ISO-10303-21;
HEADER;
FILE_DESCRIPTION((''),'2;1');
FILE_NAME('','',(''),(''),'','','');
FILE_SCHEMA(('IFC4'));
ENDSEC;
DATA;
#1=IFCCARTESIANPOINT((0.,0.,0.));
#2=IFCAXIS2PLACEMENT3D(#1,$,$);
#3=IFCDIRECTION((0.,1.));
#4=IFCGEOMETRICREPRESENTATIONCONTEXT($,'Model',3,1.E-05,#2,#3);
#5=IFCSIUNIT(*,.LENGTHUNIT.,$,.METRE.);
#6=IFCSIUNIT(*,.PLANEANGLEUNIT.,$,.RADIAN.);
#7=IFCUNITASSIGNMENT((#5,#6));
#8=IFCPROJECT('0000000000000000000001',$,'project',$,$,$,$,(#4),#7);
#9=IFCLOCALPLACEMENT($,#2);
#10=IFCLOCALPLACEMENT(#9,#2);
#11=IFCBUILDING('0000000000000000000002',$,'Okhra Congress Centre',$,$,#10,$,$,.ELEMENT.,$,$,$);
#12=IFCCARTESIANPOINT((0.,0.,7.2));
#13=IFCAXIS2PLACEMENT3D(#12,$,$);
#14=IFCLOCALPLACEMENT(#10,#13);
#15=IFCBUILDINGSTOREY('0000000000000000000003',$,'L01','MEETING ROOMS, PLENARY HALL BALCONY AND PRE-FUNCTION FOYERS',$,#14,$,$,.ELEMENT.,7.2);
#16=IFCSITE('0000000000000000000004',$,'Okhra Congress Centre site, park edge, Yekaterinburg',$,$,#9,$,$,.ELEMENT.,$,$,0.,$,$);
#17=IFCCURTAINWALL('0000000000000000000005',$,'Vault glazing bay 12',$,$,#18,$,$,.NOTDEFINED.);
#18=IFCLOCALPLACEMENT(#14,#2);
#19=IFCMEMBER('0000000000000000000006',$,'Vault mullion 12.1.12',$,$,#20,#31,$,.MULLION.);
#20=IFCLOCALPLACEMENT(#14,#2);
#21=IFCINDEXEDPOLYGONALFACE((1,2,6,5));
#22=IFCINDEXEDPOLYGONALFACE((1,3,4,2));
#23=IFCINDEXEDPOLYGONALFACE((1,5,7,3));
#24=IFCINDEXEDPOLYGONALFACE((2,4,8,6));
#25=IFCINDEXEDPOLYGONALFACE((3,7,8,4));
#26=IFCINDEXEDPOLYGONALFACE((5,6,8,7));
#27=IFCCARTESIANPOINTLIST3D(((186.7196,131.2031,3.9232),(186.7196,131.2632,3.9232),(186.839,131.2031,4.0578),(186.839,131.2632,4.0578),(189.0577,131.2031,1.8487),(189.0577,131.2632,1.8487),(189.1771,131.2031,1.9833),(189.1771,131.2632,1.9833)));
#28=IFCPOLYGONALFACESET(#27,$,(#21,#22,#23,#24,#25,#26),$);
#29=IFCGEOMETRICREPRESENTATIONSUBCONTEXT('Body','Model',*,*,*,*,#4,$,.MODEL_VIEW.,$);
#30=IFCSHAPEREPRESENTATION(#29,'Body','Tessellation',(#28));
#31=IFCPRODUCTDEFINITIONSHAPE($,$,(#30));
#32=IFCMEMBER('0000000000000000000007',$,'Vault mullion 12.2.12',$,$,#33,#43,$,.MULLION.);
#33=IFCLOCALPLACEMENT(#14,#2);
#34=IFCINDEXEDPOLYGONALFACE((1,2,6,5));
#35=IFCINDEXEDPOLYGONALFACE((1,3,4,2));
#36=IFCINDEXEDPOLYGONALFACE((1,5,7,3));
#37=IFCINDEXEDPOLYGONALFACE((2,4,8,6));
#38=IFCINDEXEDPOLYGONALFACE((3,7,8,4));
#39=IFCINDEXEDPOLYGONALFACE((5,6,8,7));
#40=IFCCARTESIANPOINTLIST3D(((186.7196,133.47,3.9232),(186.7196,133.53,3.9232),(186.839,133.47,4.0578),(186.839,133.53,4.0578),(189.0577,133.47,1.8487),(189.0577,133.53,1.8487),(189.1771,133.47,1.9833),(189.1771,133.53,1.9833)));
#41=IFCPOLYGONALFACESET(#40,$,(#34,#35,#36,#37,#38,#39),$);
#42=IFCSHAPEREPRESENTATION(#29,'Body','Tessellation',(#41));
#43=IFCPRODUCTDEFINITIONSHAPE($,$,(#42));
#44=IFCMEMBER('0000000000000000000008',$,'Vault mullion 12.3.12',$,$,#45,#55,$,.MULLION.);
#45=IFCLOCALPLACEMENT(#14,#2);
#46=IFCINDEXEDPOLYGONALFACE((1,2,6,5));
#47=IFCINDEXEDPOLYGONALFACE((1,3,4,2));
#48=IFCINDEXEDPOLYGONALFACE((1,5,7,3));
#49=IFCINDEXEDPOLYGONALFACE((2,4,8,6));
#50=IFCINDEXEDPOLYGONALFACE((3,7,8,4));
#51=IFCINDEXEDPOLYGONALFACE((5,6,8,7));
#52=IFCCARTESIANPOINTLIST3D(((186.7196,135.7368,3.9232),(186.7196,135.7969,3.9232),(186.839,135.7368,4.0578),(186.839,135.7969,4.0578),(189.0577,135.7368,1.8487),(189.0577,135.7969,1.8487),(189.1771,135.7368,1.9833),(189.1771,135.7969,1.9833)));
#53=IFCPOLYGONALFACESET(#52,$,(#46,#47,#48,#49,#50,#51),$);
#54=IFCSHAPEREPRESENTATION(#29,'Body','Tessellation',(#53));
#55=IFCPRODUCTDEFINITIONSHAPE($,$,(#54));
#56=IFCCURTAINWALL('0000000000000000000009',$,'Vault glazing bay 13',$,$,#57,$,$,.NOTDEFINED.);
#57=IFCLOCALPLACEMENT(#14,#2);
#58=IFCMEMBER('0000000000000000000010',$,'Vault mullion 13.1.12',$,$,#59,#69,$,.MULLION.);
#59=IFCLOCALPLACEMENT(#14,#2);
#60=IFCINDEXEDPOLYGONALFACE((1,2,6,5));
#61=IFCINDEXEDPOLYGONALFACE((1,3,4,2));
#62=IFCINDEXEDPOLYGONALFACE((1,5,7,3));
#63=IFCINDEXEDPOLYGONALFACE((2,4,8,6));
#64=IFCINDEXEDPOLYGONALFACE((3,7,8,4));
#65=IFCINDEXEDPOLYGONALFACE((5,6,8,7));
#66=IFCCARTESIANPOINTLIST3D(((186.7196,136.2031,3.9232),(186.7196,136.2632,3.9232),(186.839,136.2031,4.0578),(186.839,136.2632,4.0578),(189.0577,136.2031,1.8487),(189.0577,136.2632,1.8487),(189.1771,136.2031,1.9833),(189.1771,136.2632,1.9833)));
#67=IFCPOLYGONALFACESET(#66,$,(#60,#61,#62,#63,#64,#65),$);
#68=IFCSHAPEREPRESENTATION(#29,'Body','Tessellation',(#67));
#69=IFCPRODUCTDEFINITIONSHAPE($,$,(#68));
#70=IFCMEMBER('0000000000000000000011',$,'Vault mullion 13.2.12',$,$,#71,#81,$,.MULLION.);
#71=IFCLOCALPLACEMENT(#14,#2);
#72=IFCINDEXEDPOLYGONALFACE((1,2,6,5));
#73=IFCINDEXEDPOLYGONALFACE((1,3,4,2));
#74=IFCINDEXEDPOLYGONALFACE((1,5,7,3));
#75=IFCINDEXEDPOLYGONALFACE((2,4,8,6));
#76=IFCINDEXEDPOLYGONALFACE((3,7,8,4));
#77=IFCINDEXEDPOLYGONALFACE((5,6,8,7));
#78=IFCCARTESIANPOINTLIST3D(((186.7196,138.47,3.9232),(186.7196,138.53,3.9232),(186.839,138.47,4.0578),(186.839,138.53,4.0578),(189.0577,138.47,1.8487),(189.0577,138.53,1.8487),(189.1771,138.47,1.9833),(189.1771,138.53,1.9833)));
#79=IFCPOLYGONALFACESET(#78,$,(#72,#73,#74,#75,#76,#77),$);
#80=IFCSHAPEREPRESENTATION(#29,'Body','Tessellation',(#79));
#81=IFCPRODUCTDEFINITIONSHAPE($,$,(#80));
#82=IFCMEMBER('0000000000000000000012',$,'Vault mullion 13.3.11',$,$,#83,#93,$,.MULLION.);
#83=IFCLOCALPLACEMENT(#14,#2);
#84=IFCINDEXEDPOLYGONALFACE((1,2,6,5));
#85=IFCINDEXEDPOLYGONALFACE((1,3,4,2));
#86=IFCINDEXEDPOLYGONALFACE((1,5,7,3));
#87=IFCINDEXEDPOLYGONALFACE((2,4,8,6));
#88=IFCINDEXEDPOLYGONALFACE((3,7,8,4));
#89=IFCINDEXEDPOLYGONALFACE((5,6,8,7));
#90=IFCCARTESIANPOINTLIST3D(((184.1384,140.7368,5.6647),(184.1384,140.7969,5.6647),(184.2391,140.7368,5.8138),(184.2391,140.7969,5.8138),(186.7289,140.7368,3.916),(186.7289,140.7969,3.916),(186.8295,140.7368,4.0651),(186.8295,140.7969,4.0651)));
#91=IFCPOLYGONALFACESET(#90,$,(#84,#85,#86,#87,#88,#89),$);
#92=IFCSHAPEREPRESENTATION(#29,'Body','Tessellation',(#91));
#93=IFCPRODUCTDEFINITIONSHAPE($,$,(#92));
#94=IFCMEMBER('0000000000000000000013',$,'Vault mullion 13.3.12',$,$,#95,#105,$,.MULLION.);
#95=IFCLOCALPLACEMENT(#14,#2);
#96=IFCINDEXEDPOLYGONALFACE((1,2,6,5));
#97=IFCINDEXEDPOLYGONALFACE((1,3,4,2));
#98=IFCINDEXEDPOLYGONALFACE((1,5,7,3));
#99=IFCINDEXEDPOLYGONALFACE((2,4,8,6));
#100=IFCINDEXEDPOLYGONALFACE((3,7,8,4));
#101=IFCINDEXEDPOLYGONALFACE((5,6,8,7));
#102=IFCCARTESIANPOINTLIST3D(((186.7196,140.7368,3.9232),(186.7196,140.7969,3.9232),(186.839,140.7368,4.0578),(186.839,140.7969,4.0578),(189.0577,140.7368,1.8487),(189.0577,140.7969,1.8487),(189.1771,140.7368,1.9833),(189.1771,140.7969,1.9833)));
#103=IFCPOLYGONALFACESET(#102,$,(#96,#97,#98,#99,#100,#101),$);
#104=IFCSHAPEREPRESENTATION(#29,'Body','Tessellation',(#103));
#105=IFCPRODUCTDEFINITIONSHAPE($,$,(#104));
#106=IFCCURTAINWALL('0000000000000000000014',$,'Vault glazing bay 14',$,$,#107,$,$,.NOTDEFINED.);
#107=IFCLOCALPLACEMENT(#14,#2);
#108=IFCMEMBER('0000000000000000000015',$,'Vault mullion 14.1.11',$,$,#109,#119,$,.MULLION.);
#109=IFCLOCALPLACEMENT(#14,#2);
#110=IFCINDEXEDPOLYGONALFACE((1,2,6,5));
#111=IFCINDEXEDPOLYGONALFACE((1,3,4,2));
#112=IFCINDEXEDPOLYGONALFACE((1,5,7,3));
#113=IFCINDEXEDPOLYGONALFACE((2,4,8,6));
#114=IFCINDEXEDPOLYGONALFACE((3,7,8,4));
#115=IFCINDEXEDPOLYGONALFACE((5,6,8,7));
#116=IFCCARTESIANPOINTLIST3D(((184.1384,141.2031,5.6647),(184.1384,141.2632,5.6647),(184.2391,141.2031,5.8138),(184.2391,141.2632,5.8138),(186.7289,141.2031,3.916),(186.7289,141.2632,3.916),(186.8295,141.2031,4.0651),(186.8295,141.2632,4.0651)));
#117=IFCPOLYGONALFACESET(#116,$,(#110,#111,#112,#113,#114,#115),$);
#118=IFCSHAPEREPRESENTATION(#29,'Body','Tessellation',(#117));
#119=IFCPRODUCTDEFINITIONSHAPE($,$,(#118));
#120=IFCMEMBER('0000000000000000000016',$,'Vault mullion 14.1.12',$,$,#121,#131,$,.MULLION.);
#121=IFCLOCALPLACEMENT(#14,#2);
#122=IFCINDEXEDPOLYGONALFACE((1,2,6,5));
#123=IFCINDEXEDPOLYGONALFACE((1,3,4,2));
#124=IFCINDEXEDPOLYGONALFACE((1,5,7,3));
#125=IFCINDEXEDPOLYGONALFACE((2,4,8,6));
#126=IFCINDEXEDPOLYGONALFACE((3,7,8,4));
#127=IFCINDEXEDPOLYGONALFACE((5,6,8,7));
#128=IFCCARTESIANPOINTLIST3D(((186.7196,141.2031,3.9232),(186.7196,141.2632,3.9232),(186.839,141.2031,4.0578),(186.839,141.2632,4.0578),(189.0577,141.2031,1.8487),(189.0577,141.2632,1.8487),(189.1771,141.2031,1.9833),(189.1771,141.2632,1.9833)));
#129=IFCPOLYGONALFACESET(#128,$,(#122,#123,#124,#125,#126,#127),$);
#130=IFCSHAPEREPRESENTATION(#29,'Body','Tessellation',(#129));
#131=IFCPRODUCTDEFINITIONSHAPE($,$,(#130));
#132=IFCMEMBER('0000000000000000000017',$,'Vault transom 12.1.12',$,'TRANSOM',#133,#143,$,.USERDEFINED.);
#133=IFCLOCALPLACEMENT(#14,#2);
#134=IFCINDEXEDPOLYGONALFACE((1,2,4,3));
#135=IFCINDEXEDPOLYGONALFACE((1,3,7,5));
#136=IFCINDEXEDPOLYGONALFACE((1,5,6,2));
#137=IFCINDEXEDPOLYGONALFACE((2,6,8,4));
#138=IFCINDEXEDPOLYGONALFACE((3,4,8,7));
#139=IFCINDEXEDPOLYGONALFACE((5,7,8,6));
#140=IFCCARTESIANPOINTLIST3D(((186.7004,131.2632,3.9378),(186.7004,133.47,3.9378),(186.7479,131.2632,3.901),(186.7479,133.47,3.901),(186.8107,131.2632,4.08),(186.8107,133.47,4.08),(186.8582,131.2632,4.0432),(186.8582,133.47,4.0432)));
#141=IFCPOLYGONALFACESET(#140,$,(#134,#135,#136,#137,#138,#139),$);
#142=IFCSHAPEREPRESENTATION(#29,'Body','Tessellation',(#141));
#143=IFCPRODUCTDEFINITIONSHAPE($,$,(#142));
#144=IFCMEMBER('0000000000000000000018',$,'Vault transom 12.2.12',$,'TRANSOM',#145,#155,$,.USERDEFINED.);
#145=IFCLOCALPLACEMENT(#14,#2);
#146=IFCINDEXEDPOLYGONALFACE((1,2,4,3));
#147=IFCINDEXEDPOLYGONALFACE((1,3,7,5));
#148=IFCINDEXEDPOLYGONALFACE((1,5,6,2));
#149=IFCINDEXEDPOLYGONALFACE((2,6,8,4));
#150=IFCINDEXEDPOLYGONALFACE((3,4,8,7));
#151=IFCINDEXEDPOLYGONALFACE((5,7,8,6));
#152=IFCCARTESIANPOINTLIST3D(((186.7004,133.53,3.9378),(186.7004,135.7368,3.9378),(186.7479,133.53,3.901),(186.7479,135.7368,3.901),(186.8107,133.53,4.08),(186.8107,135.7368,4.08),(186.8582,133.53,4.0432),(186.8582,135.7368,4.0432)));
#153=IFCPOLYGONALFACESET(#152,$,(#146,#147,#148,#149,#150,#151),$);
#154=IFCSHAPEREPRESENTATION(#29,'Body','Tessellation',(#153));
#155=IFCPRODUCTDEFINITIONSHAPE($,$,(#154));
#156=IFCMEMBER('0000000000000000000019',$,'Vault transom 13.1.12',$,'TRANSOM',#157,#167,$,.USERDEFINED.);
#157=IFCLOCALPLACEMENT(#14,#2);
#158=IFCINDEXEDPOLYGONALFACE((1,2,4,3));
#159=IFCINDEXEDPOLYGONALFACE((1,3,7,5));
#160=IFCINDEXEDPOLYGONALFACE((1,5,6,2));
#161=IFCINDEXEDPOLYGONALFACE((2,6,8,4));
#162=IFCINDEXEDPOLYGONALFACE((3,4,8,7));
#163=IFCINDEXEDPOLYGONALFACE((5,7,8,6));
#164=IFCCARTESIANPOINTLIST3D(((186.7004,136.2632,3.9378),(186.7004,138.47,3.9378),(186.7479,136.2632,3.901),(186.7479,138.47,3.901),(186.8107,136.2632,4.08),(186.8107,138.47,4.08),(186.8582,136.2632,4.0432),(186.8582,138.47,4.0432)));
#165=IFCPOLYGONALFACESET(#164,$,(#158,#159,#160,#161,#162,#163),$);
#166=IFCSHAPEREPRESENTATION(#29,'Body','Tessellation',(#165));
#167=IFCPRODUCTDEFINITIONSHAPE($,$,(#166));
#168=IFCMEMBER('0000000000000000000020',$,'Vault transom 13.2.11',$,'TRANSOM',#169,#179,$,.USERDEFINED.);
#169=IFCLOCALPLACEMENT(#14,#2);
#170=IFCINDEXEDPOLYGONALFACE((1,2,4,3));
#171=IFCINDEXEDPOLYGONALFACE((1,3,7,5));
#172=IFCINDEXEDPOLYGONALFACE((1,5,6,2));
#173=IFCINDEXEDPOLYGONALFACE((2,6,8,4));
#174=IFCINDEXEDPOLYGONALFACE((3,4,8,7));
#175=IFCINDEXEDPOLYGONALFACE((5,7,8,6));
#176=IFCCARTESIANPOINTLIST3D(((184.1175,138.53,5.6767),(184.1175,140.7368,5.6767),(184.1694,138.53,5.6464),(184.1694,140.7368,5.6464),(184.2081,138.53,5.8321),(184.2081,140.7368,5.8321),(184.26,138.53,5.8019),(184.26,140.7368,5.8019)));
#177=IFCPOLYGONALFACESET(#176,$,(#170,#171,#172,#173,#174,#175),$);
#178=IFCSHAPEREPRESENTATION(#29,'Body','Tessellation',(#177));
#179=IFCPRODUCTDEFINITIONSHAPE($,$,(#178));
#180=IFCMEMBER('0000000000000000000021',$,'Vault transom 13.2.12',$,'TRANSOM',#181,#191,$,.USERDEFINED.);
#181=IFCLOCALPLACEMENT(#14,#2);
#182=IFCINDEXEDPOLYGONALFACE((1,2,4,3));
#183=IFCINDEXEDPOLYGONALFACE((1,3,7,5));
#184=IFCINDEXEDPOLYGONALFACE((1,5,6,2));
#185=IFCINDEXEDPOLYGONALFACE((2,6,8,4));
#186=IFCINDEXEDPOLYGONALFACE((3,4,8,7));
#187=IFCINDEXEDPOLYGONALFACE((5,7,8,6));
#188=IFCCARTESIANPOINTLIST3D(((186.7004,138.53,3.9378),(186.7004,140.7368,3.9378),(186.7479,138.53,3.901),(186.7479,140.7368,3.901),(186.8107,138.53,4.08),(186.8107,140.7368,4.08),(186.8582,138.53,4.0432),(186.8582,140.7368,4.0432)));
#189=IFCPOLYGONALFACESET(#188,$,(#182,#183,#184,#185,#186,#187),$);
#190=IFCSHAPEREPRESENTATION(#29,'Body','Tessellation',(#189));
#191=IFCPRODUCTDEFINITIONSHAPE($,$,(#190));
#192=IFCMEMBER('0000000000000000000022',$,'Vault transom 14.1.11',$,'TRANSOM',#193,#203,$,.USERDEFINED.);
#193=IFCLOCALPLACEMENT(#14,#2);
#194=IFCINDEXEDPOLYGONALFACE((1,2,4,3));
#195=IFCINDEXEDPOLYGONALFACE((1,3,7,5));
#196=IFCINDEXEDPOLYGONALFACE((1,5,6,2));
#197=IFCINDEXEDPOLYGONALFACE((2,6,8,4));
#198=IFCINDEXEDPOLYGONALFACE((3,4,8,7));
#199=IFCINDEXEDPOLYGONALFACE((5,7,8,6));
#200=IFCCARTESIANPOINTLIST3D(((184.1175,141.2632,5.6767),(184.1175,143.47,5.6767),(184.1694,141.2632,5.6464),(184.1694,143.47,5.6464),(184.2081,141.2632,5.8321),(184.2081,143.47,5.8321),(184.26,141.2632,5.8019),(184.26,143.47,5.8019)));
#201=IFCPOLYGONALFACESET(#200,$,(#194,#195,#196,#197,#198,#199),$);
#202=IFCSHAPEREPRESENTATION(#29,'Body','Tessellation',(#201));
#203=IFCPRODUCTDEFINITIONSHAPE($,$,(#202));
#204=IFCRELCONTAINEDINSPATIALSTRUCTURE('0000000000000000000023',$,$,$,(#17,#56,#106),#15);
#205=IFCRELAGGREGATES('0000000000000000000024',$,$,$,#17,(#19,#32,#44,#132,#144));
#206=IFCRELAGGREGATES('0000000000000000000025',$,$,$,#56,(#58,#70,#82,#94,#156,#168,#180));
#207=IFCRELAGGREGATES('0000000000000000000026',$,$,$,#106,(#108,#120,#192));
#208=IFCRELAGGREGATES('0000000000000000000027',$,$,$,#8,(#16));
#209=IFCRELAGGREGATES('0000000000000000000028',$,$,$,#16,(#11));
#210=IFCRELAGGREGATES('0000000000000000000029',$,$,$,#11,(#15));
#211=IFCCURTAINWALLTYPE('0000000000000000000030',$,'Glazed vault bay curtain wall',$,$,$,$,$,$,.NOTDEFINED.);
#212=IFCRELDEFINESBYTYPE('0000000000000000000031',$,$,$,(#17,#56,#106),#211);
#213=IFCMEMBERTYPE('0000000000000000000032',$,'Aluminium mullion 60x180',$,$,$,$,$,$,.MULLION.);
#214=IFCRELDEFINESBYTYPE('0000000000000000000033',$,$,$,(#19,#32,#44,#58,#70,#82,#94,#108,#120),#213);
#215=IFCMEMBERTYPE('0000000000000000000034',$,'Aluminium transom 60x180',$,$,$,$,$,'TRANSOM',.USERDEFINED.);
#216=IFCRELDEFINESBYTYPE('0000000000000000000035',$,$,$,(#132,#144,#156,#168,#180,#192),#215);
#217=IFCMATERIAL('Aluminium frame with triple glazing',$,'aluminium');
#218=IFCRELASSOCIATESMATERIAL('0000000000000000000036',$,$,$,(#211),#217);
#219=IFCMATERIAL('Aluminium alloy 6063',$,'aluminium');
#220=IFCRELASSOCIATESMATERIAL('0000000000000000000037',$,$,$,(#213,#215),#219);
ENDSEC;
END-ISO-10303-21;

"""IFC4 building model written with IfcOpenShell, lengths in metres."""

from ifc_helpers import new_model, si_unit, direction, frame, origin, origin_2d, place, context, subcontext, project, spatial, rectangle, extrude, material, material_profile, profile_set, type_object, element, aggregate, save


model = new_model("IFC4")

# Units and contexts
model_context = context("Model", 3, precision=1e-05, world=origin(), true_north=direction((0.0, 1.0)))
body_context = subcontext(model_context, "Body", "Model", "MODEL_VIEW")
ifc_project = project(units=[si_unit("LENGTHUNIT", "METRE"), si_unit("PLANEANGLEUNIT", "RADIAN")], contexts=[model_context])

# Site, building, storey
site_placement = place(None, origin())
site = spatial("IfcSite", under=ifc_project, at=site_placement, Name="Okhra Congress Centre site, park edge, Yekaterinburg", CompositionType="ELEMENT", RefElevation=0.0)
building_placement = place(site_placement, origin())
building = spatial("IfcBuilding", under=site, at=building_placement, Name="Okhra Congress Centre", CompositionType="ELEMENT")
storey_placement = place(building_placement, frame((0.0, 0.0, 7.2)))
storey = spatial("IfcBuildingStorey", under=building, at=storey_placement, Name="L01", Description="MEETING ROOMS, PLENARY HALL BALCONY AND PRE-FUNCTION FOYERS", CompositionType="ELEMENT", Elevation=7.2)

# Curtain walls, members
ifc_material_1 = material(Name="Aluminium frame with triple glazing", Category="aluminium")
curtain_wall_type = type_object("IfcCurtainWallType", Name="Glazed vault bay curtain wall", PredefinedType="NOTDEFINED", material=ifc_material_1)
curtain_wall_1_placement = place(storey_placement, origin())
curtain_wall_1 = element("IfcCurtainWall", 1, at=curtain_wall_1_placement, inside=storey, type_object=curtain_wall_type, Name="Vault glazing bay 12", PredefinedType="NOTDEFINED")
ifc_material_2 = material(Name="Aluminium alloy 6063", Category="aluminium")
ifc_material_profile_1 = material_profile(ifc_material_2, rectangle(XDim=0.0601, YDim=0.1799, at=origin_2d()), Name="AL 60x180")
ifc_profile_set_1 = profile_set([ifc_material_profile_1], Name="Aluminium alloy 6063")
member_type_1 = type_object("IfcMemberType", Name="Aluminium mullion 60x180", PredefinedType="MULLION", material=ifc_profile_set_1)
member_1_placement = place(storey_placement, frame((186.7793, 131.2332, 3.9905), z_axis=(0.748025, 0.0, -0.66367), x_axis=(0.0, 1.0, 0.0)))
member_1 = element("IfcMember", 2, at=member_1_placement, type_object=member_type_1, Name="Vault mullion 12.1.12", PredefinedType="MULLION", context=body_context, shape_type="SweptSolid", body=[
    extrude(rectangle(XDim=0.0601, YDim=0.1799, at=origin_2d()), origin(), (0.0, 0.0, 1.0), 3.1257),
])
member_2_placement = place(storey_placement, frame((186.7793, 133.5, 3.9905), z_axis=(0.748025, 0.0, -0.66367), x_axis=(0.0, 1.0, 0.0)))
member_2 = element("IfcMember", 3, at=member_2_placement, type_object=member_type_1, Name="Vault mullion 12.2.12", PredefinedType="MULLION", context=body_context, shape_type="SweptSolid", body=[
    extrude(rectangle(XDim=0.0601, YDim=0.1799, at=origin_2d()), origin(), (0.0, 0.0, 1.0), 3.1257),
])
member_3_placement = place(storey_placement, frame((186.7793, 135.7668, 3.9905), z_axis=(0.748025, 0.0, -0.66367), x_axis=(0.0, 1.0, 0.0)))
member_3 = element("IfcMember", 4, at=member_3_placement, type_object=member_type_1, Name="Vault mullion 12.3.12", PredefinedType="MULLION", context=body_context, shape_type="SweptSolid", body=[
    extrude(rectangle(XDim=0.0601, YDim=0.1799, at=origin_2d()), origin(), (0.0, 0.0, 1.0), 3.1257),
])
curtain_wall_2_placement = place(storey_placement, origin())
curtain_wall_2 = element("IfcCurtainWall", 5, at=curtain_wall_2_placement, inside=storey, type_object=curtain_wall_type, Name="Vault glazing bay 13", PredefinedType="NOTDEFINED")
member_4_placement = place(storey_placement, frame((186.7793, 136.2332, 3.9905), z_axis=(0.748025, 0.0, -0.66367), x_axis=(0.0, 1.0, 0.0)))
member_4 = element("IfcMember", 6, at=member_4_placement, type_object=member_type_1, Name="Vault mullion 13.1.12", PredefinedType="MULLION", context=body_context, shape_type="SweptSolid", body=[
    extrude(rectangle(XDim=0.0601, YDim=0.1799, at=origin_2d()), origin(), (0.0, 0.0, 1.0), 3.1257),
])
member_5_placement = place(storey_placement, frame((186.7793, 138.5, 3.9905), z_axis=(0.748025, 0.0, -0.66367), x_axis=(0.0, 1.0, 0.0)))
member_5 = element("IfcMember", 7, at=member_5_placement, type_object=member_type_1, Name="Vault mullion 13.2.12", PredefinedType="MULLION", context=body_context, shape_type="SweptSolid", body=[
    extrude(rectangle(XDim=0.0601, YDim=0.1799, at=origin_2d()), origin(), (0.0, 0.0, 1.0), 3.1257),
])
member_6_placement = place(storey_placement, frame((184.1887, 140.7668, 5.7393), z_axis=(0.828828, 0.0, -0.559504), x_axis=(0.0, 1.0, 0.0)))
member_6 = element("IfcMember", 8, at=member_6_placement, type_object=member_type_1, Name="Vault mullion 13.3.11", PredefinedType="MULLION", context=body_context, shape_type="SweptSolid", body=[
    extrude(rectangle(XDim=0.0601, YDim=0.1799, at=origin_2d()), origin(), (0.0, 0.0, 1.0), 3.1255),
])
member_7_placement = place(storey_placement, frame((186.7793, 140.7668, 3.9905), z_axis=(0.748025, 0.0, -0.66367), x_axis=(0.0, 1.0, 0.0)))
member_7 = element("IfcMember", 9, at=member_7_placement, type_object=member_type_1, Name="Vault mullion 13.3.12", PredefinedType="MULLION", context=body_context, shape_type="SweptSolid", body=[
    extrude(rectangle(XDim=0.0601, YDim=0.1799, at=origin_2d()), origin(), (0.0, 0.0, 1.0), 3.1257),
])
curtain_wall_3_placement = place(storey_placement, origin())
curtain_wall_3 = element("IfcCurtainWall", 10, at=curtain_wall_3_placement, inside=storey, type_object=curtain_wall_type, Name="Vault glazing bay 14", PredefinedType="NOTDEFINED")
member_8_placement = place(storey_placement, frame((184.1887, 141.2332, 5.7393), z_axis=(0.828828, 0.0, -0.559504), x_axis=(0.0, 1.0, 0.0)))
member_8 = element("IfcMember", 11, at=member_8_placement, type_object=member_type_1, Name="Vault mullion 14.1.11", PredefinedType="MULLION", context=body_context, shape_type="SweptSolid", body=[
    extrude(rectangle(XDim=0.0601, YDim=0.1799, at=origin_2d()), origin(), (0.0, 0.0, 1.0), 3.1255),
])
member_9_placement = place(storey_placement, frame((186.7793, 141.2332, 3.9905), z_axis=(0.748025, 0.0, -0.66367), x_axis=(0.0, 1.0, 0.0)))
member_9 = element("IfcMember", 12, at=member_9_placement, type_object=member_type_1, Name="Vault mullion 14.1.12", PredefinedType="MULLION", context=body_context, shape_type="SweptSolid", body=[
    extrude(rectangle(XDim=0.0601, YDim=0.1799, at=origin_2d()), origin(), (0.0, 0.0, 1.0), 3.1257),
])

# Members
ifc_material_profile_2 = material_profile(ifc_material_2, rectangle(XDim=0.0601, YDim=0.1799, at=origin_2d()), Name="AL 60x180 transom")
ifc_profile_set_2 = profile_set([ifc_material_profile_2], Name="Aluminium alloy 6063")
member_type_2 = type_object("IfcMemberType", Name="Aluminium transom 60x180", ElementType="TRANSOM", PredefinedType="USERDEFINED", material=ifc_profile_set_2)
member_10_placement = place(storey_placement, frame((186.7793, 131.2632, 3.9905), z_axis=(0.0, 1.0, 0.0), x_axis=(-0.790145, 0.0, 0.61292)))
member_10 = element("IfcMember", 13, at=member_10_placement, type_object=member_type_2, Name="Vault transom 12.1.12", ObjectType="TRANSOM", PredefinedType="USERDEFINED", context=body_context, shape_type="SweptSolid", body=[
    extrude(rectangle(XDim=0.0601, YDim=0.1799, at=origin_2d()), origin(), (0.0, 0.0, 1.0), 2.2068),
])
member_11_placement = place(storey_placement, frame((186.7793, 133.53, 3.9905), z_axis=(0.0, 1.0, 0.0), x_axis=(-0.790145, 0.0, 0.61292)))
member_11 = element("IfcMember", 14, at=member_11_placement, type_object=member_type_2, Name="Vault transom 12.2.12", ObjectType="TRANSOM", PredefinedType="USERDEFINED", context=body_context, shape_type="SweptSolid", body=[
    extrude(rectangle(XDim=0.0601, YDim=0.1799, at=origin_2d()), origin(), (0.0, 0.0, 1.0), 2.2068),
])
member_12_placement = place(storey_placement, frame((186.7793, 136.2632, 3.9905), z_axis=(0.0, 1.0, 0.0), x_axis=(-0.790145, 0.0, 0.61292)))
member_12 = element("IfcMember", 15, at=member_12_placement, type_object=member_type_2, Name="Vault transom 13.1.12", ObjectType="TRANSOM", PredefinedType="USERDEFINED", context=body_context, shape_type="SweptSolid", body=[
    extrude(rectangle(XDim=0.0601, YDim=0.1799, at=origin_2d()), origin(), (0.0, 0.0, 1.0), 2.2068),
])
member_13_placement = place(storey_placement, frame((184.1887, 138.53, 5.7393), z_axis=(0.0, 1.0, 0.0), x_axis=(-0.863917, 0.0, 0.503634)))
member_13 = element("IfcMember", 16, at=member_13_placement, type_object=member_type_2, Name="Vault transom 13.2.11", ObjectType="TRANSOM", PredefinedType="USERDEFINED", context=body_context, shape_type="SweptSolid", body=[
    extrude(rectangle(XDim=0.0601, YDim=0.1799, at=origin_2d()), origin(), (0.0, 0.0, 1.0), 2.2068),
])
member_14_placement = place(storey_placement, frame((186.7793, 138.53, 3.9905), z_axis=(0.0, 1.0, 0.0), x_axis=(-0.790145, 0.0, 0.61292)))
member_14 = element("IfcMember", 17, at=member_14_placement, type_object=member_type_2, Name="Vault transom 13.2.12", ObjectType="TRANSOM", PredefinedType="USERDEFINED", context=body_context, shape_type="SweptSolid", body=[
    extrude(rectangle(XDim=0.0601, YDim=0.1799, at=origin_2d()), origin(), (0.0, 0.0, 1.0), 2.2068),
])
member_15_placement = place(storey_placement, frame((184.1887, 141.2632, 5.7393), z_axis=(0.0, 1.0, 0.0), x_axis=(-0.863917, 0.0, 0.503634)))
member_15 = element("IfcMember", 18, at=member_15_placement, type_object=member_type_2, Name="Vault transom 14.1.11", ObjectType="TRANSOM", PredefinedType="USERDEFINED", context=body_context, shape_type="SweptSolid", body=[
    extrude(rectangle(XDim=0.0601, YDim=0.1799, at=origin_2d()), origin(), (0.0, 0.0, 1.0), 2.2068),
])

aggregate(curtain_wall_1, [member_1, member_2, member_3, member_10, member_11])
aggregate(curtain_wall_2, [member_4, member_5, member_6, member_7, member_12, member_13, member_14])
aggregate(curtain_wall_3, [member_8, member_9, member_15])

save(model, "model.ifc")
